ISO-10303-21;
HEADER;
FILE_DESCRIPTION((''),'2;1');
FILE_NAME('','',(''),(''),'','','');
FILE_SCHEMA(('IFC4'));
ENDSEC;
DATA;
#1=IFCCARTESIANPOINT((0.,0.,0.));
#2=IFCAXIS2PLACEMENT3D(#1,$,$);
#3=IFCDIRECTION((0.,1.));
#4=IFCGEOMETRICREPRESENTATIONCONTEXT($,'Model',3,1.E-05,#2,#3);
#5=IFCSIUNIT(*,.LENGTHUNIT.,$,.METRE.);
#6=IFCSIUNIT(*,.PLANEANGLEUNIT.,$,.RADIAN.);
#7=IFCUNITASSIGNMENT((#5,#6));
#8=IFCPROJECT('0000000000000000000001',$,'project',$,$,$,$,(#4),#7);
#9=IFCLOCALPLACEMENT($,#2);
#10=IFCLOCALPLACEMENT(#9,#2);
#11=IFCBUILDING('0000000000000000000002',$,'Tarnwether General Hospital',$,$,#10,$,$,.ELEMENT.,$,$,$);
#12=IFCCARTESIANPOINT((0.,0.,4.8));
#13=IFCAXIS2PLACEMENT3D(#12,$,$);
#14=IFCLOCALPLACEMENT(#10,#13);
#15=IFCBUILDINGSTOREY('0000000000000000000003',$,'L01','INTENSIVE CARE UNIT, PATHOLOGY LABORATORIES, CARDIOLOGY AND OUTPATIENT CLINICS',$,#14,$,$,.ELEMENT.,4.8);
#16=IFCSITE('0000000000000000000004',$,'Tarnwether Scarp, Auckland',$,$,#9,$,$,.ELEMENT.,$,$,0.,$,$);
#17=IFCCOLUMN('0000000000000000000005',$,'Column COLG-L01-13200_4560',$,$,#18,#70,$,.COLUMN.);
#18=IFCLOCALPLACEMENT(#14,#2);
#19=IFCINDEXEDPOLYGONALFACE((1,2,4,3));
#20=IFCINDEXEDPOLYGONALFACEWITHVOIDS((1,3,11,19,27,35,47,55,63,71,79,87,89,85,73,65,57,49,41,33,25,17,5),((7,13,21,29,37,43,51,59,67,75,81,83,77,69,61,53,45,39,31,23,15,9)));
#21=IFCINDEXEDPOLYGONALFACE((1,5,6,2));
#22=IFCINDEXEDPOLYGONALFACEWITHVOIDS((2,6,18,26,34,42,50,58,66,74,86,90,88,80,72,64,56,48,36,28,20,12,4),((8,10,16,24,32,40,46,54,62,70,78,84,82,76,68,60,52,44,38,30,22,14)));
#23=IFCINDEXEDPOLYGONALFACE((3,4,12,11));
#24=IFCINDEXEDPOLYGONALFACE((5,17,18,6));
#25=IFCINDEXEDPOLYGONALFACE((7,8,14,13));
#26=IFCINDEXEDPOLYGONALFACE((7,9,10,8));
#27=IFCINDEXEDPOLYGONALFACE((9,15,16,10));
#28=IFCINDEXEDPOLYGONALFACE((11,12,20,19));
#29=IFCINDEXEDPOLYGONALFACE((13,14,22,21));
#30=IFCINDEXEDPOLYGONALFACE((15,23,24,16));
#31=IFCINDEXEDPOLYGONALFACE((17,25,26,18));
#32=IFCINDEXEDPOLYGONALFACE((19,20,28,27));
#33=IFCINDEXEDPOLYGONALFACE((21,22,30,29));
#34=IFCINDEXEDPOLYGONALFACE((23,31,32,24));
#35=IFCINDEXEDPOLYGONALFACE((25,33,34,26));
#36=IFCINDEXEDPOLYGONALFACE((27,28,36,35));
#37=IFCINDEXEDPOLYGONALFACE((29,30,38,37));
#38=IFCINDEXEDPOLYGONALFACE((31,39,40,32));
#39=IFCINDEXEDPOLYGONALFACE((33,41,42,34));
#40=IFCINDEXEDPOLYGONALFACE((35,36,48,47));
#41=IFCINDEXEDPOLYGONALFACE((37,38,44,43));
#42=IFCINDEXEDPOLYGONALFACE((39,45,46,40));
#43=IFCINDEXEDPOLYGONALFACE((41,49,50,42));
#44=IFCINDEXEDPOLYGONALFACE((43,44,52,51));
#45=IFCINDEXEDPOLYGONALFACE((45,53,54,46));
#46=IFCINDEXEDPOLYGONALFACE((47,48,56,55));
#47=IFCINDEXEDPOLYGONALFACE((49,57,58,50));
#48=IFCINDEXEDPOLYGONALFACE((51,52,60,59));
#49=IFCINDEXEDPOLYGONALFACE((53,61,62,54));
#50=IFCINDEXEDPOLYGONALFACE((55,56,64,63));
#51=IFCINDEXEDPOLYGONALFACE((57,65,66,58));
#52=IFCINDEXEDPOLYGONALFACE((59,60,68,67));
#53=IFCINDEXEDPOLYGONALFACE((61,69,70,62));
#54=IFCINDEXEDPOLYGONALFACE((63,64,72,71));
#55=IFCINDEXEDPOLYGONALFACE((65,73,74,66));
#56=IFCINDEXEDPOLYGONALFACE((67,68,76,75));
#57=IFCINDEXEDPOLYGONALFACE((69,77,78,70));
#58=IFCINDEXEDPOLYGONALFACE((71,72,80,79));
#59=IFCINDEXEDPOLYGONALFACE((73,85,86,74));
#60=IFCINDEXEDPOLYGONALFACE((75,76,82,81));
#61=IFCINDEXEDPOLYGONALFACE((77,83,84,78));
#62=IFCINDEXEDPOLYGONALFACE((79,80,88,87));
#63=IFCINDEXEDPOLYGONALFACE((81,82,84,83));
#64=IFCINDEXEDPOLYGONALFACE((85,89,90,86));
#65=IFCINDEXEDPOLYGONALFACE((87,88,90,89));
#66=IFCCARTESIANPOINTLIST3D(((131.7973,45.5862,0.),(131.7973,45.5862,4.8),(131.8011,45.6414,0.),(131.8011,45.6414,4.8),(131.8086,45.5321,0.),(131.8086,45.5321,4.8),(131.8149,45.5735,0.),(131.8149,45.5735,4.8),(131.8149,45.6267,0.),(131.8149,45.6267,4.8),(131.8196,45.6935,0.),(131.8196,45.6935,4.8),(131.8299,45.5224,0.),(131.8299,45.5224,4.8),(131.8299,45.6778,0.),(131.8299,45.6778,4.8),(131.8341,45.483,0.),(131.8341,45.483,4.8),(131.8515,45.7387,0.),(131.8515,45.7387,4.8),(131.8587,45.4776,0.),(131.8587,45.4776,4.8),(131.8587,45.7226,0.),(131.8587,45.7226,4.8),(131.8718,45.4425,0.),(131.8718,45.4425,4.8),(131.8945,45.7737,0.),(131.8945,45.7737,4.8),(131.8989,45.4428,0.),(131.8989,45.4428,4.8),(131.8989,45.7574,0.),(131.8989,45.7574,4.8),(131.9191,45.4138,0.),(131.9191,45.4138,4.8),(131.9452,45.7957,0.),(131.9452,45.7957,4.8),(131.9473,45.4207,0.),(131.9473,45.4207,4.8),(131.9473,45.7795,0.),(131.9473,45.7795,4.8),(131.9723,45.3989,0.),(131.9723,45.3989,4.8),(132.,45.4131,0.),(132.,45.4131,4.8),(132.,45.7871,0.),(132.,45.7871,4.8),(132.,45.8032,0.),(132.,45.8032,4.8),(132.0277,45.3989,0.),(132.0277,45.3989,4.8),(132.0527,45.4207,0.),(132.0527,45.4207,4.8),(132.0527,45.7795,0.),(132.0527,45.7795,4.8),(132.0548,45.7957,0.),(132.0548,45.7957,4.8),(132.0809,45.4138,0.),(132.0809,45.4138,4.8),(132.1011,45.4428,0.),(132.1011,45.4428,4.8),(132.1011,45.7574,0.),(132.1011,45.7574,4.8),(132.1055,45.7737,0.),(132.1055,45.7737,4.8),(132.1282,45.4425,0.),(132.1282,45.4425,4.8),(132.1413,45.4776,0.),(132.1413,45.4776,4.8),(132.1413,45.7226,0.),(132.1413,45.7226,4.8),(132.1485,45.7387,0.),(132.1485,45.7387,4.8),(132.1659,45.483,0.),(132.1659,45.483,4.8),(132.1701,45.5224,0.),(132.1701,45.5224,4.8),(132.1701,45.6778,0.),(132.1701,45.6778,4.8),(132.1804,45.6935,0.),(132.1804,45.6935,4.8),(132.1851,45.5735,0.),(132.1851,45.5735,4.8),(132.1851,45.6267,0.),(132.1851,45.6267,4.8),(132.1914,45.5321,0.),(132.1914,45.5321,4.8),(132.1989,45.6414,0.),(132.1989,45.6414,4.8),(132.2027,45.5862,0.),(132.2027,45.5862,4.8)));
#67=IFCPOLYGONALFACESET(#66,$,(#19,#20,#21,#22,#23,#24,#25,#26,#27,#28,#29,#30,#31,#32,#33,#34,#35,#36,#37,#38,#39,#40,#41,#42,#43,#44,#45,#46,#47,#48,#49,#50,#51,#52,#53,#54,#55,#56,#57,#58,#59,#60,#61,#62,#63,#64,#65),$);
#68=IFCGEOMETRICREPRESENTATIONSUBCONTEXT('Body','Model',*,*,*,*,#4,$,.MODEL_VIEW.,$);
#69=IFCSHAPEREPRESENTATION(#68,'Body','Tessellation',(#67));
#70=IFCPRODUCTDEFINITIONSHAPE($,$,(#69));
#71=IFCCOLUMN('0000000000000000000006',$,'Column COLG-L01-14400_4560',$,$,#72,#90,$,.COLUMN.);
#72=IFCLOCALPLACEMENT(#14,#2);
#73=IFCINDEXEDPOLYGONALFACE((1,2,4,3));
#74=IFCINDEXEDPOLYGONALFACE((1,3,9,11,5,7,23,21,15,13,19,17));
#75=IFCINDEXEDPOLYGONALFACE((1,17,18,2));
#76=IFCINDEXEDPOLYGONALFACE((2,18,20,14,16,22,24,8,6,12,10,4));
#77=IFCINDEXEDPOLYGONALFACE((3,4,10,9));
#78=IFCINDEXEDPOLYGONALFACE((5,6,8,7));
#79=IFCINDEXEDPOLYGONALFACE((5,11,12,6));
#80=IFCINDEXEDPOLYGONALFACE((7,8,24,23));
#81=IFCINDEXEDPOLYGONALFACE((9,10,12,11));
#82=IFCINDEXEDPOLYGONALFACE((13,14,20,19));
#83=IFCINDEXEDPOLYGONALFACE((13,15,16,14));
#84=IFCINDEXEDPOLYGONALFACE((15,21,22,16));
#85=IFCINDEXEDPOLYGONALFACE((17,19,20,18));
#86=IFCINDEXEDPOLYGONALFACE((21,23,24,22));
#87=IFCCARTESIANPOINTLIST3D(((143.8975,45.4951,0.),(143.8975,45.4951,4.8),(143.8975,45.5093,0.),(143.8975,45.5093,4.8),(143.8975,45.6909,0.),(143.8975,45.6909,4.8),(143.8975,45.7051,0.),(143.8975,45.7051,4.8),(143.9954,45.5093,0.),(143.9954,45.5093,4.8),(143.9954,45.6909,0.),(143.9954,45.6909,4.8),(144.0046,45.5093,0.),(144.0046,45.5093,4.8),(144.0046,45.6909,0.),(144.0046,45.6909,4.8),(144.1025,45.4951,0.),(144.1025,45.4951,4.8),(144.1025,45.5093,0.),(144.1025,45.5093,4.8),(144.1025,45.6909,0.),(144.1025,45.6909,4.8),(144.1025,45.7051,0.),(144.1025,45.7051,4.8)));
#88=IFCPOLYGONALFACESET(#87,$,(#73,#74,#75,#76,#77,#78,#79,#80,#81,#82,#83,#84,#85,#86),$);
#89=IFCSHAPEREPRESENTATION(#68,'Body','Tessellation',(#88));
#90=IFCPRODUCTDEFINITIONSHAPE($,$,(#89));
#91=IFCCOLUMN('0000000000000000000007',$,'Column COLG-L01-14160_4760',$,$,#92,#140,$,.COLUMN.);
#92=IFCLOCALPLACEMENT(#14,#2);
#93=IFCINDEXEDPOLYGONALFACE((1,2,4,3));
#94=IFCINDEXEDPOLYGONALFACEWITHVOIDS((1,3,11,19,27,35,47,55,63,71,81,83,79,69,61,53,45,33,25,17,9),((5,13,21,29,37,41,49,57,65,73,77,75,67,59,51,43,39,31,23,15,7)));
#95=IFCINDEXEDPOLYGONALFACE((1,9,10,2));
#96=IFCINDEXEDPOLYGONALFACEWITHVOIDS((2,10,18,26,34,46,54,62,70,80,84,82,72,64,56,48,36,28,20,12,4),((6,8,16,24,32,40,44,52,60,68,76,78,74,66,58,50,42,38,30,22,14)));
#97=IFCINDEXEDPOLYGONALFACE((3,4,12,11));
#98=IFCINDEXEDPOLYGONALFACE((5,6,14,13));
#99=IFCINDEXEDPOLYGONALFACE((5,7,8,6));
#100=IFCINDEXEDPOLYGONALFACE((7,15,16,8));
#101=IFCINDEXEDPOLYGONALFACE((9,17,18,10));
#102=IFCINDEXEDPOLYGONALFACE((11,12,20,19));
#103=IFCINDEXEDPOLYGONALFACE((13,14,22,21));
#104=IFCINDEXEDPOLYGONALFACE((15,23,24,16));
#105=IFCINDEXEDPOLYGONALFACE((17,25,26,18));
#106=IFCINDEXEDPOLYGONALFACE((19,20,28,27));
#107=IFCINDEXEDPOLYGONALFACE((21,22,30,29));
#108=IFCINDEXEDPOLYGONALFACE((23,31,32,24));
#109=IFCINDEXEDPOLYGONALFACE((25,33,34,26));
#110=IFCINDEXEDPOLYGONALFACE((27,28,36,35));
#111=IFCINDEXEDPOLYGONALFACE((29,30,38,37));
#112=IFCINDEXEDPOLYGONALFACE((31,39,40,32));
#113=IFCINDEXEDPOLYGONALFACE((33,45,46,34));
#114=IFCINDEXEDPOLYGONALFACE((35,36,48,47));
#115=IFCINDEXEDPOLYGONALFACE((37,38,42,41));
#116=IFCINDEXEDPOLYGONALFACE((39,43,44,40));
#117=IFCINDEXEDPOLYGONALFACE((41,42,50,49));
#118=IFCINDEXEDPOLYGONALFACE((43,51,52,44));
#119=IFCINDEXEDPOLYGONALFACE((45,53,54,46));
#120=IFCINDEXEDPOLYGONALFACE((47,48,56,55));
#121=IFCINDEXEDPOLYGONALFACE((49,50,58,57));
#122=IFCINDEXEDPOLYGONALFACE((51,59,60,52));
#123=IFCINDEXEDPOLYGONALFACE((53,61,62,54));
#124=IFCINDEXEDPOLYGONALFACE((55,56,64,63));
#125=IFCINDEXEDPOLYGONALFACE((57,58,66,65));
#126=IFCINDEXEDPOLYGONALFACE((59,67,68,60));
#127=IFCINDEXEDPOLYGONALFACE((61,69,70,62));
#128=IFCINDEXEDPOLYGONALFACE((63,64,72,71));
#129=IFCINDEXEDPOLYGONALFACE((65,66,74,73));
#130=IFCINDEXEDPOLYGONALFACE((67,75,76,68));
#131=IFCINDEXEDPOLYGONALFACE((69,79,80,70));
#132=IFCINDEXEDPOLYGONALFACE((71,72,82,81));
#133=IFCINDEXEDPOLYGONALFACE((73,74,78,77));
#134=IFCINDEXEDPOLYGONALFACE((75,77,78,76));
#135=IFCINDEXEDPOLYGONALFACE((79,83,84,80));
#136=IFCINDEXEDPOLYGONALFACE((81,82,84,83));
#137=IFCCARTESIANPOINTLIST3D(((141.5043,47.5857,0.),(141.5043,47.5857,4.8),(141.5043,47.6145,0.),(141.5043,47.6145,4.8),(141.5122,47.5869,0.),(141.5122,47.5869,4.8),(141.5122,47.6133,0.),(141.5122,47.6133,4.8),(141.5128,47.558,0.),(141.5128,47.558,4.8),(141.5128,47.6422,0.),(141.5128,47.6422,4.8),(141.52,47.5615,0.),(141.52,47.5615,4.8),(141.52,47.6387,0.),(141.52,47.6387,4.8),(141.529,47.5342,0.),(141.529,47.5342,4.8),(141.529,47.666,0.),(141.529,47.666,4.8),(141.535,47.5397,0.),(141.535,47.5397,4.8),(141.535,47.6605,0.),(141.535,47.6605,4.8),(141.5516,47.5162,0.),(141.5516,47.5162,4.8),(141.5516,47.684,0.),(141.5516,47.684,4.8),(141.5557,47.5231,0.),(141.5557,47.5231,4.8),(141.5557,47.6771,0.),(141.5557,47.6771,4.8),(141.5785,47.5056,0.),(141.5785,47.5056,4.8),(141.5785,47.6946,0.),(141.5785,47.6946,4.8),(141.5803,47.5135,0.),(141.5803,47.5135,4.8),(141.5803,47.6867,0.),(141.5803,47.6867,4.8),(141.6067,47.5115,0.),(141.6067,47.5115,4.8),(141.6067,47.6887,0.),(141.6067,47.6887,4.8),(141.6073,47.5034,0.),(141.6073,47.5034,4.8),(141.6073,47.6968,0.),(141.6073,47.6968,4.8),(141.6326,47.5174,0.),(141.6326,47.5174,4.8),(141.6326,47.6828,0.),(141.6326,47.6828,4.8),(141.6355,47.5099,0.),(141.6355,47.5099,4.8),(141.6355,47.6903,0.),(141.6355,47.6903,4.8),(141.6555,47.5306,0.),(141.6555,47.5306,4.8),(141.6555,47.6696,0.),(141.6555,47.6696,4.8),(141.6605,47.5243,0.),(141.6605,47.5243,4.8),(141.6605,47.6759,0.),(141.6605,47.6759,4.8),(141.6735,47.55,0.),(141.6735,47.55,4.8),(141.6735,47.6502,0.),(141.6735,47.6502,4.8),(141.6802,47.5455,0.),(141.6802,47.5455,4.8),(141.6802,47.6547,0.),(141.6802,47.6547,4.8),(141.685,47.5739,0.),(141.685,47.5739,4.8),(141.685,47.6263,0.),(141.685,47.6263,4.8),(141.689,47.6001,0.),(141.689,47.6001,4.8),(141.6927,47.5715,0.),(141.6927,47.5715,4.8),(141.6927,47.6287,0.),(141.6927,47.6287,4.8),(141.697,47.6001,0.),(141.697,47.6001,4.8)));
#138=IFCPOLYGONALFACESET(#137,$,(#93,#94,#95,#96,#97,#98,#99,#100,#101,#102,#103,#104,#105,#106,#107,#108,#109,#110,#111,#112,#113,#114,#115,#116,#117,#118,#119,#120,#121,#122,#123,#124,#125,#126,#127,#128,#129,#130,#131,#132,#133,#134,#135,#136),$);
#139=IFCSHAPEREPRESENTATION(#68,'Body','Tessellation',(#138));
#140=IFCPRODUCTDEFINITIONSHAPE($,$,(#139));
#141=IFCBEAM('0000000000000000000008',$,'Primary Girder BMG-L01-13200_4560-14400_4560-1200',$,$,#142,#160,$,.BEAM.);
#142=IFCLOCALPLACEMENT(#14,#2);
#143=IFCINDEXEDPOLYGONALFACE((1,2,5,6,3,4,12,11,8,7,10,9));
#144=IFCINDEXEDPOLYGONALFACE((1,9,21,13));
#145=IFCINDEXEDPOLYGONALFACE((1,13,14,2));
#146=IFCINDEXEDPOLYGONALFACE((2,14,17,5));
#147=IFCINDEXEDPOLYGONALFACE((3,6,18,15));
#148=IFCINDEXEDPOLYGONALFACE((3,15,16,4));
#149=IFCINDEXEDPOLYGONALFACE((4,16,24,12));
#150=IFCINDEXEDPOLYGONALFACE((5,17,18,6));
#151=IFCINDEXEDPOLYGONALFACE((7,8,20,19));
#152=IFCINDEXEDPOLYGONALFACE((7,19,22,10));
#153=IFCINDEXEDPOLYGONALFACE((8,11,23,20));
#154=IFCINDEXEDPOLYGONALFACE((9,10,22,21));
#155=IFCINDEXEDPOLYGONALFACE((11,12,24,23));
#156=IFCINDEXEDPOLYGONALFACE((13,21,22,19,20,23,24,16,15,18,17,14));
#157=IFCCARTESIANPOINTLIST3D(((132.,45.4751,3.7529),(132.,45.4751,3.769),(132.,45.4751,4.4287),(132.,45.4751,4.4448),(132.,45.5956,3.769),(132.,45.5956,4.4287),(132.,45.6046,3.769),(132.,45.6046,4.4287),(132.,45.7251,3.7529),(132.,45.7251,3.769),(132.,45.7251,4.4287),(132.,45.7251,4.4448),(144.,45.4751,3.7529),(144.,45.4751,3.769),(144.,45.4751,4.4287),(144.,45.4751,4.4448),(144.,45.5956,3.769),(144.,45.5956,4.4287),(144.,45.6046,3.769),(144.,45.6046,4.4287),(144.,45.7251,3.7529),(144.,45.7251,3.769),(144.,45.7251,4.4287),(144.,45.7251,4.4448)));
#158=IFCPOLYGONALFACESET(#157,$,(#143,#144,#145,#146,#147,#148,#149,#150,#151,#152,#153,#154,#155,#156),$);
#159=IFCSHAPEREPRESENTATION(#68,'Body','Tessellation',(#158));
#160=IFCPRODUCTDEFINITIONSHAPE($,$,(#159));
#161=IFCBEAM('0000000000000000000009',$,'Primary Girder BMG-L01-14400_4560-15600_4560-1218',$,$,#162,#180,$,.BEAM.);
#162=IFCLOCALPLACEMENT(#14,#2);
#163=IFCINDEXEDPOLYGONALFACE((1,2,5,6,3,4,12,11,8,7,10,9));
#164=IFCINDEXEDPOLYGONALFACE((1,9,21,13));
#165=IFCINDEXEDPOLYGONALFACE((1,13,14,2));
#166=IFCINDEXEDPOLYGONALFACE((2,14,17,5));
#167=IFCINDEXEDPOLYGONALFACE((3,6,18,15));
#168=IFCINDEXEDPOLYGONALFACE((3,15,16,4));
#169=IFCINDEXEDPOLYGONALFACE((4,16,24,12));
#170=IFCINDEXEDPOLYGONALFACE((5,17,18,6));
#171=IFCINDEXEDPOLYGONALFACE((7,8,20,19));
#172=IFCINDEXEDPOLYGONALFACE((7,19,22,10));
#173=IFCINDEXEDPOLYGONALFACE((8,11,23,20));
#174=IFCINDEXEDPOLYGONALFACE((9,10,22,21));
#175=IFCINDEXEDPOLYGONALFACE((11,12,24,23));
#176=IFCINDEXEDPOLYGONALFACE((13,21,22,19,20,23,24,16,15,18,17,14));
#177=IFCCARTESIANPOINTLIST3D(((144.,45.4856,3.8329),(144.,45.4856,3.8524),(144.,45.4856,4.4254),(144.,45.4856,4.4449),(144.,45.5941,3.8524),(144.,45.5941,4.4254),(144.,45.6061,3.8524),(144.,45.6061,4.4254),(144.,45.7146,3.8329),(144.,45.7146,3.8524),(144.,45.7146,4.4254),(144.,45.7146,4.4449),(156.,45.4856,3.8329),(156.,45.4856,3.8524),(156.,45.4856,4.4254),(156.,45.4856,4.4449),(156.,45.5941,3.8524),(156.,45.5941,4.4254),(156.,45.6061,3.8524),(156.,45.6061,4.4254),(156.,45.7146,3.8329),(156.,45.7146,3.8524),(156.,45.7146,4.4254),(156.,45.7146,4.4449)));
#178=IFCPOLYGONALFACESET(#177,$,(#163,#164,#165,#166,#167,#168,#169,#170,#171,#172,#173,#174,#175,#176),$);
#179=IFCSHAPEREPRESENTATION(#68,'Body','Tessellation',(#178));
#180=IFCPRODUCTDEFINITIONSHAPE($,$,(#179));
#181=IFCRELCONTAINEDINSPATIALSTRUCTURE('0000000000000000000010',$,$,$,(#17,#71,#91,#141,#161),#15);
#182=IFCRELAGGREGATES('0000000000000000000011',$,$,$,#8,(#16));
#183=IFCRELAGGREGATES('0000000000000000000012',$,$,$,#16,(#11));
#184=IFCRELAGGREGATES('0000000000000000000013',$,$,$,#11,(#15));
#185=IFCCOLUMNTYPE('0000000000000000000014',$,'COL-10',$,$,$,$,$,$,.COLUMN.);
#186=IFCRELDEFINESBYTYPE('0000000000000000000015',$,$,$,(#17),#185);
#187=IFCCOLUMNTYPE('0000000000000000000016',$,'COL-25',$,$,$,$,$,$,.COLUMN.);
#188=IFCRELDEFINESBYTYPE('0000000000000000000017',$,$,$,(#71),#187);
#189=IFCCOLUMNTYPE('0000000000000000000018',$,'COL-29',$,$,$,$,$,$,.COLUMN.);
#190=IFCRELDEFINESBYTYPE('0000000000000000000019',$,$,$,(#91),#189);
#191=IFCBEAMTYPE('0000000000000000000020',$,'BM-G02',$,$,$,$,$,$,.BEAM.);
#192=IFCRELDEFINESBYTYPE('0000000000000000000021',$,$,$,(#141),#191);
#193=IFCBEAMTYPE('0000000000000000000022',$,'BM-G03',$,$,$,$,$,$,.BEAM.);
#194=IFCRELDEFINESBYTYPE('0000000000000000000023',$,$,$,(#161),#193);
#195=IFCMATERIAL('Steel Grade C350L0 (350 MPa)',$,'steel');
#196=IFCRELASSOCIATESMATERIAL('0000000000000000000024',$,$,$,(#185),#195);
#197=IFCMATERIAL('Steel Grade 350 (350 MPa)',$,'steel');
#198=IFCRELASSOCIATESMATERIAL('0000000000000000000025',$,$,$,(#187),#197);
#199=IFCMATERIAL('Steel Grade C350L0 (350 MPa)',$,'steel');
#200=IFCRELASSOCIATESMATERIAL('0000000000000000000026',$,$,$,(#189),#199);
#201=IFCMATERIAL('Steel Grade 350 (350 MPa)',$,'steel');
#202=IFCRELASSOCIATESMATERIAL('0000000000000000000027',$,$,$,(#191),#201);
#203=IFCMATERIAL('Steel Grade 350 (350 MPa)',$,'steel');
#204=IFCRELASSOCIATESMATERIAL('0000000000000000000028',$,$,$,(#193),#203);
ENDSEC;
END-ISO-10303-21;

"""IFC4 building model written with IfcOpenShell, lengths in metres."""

from ifc_helpers import new_model, si_unit, direction, frame, origin, origin_2d, place, context, subcontext, project, spatial, hollow_circle, i_section, extrude, material, material_profile, profile_set, type_object, element, save


model = new_model("IFC4")

# Units and contexts
model_context = context("Model", 3, precision=1e-05, world=origin(), true_north=direction((0.0, 1.0)))
body_context = subcontext(model_context, "Body", "Model", "MODEL_VIEW")
ifc_project = project(units=[si_unit("LENGTHUNIT", "METRE"), si_unit("PLANEANGLEUNIT", "RADIAN")], contexts=[model_context])

# Site, building, storey
site_placement = place(None, origin())
site = spatial("IfcSite", under=ifc_project, at=site_placement, Name="Tarnwether Scarp, Auckland", CompositionType="ELEMENT", RefElevation=0.0)
building_placement = place(site_placement, origin())
building = spatial("IfcBuilding", under=site, at=building_placement, Name="Tarnwether General Hospital", CompositionType="ELEMENT")
storey_placement = place(building_placement, frame((0.0, 0.0, 4.8)))
storey = spatial("IfcBuildingStorey", under=building, at=storey_placement, Name="L01", Description="INTENSIVE CARE UNIT, PATHOLOGY LABORATORIES, CARDIOLOGY AND OUTPATIENT CLINICS", CompositionType="ELEMENT", Elevation=4.8)

# Columns
ifc_material_1 = material(Name="Steel Grade C350L0 (350 MPa)", Category="steel")
ifc_material_profile_1 = material_profile(ifc_material_1, hollow_circle(Radius=0.2031, WallThickness=0.0161, at=origin_2d()), Name="CHS406.4x16.0")
ifc_profile_set_1 = profile_set([ifc_material_profile_1], Name="Steel Grade C350L0 (350 MPa)")
column_type_1 = type_object("IfcColumnType", Name="COL-10", PredefinedType="COLUMN", material=ifc_profile_set_1)
column_1_placement = place(storey_placement, frame((132.0, 45.6001, 0.0), z_axis=(0.0, 0.0, 1.0), x_axis=(0.0, 1.0, 0.0)))
element("IfcColumn", 1, at=column_1_placement, inside=storey, type_object=column_type_1, Name="Column COLG-L01-13200_4560", PredefinedType="COLUMN", context=body_context, shape_type="SweptSolid", body=[
    extrude(hollow_circle(Radius=0.2031, WallThickness=0.0161, at=origin_2d()), origin(), (0.0, 0.0, 1.0), 4.8),
])
ifc_material_2 = material(Name="Steel Grade 350 (350 MPa)", Category="steel")
ifc_material_profile_2 = material_profile(ifc_material_2, i_section(OverallWidth=0.2051, OverallDepth=0.21, WebThickness=0.0093, FlangeThickness=0.0142, at=origin_2d()), Name="200UC59.5")
ifc_profile_set_2 = profile_set([ifc_material_profile_2], Name="Steel Grade 350 (350 MPa)")
column_type_2 = type_object("IfcColumnType", Name="COL-25", PredefinedType="COLUMN", material=ifc_profile_set_2)
column_2_placement = place(storey_placement, frame((144.0, 45.6001, 0.0), z_axis=(0.0, 0.0, 1.0), x_axis=(1.0, 0.0, 0.0)))
element("IfcColumn", 2, at=column_2_placement, inside=storey, type_object=column_type_2, Name="Column COLG-L01-14400_4560", PredefinedType="COLUMN", context=body_context, shape_type="SweptSolid", body=[
    extrude(i_section(OverallWidth=0.2051, OverallDepth=0.21, WebThickness=0.0093, FlangeThickness=0.0142, at=origin_2d()), origin(), (0.0, 0.0, 1.0), 4.8),
])
ifc_material_3 = material(Name="Steel Grade C350L0 (350 MPa)", Category="steel")
ifc_material_profile_3 = material_profile(ifc_material_3, hollow_circle(Radius=0.0969, WallThickness=0.0081, at=origin_2d()), Name="CHS193.7x8.0")
ifc_profile_set_3 = profile_set([ifc_material_profile_3], Name="Steel Grade C350L0 (350 MPa)")
column_type_3 = type_object("IfcColumnType", Name="COL-29", PredefinedType="COLUMN", material=ifc_profile_set_3)
column_3_placement = place(storey_placement, frame((141.6001, 47.6001, 0.0), z_axis=(0.0, 0.0, 1.0), x_axis=(1.0, 0.0, 0.0)))
element("IfcColumn", 3, at=column_3_placement, inside=storey, type_object=column_type_3, Name="Column COLG-L01-14160_4760", PredefinedType="COLUMN", context=body_context, shape_type="SweptSolid", body=[
    extrude(hollow_circle(Radius=0.0969, WallThickness=0.0081, at=origin_2d()), origin(), (0.0, 0.0, 1.0), 4.8),
])

# Beams
ifc_material_4 = material(Name="Steel Grade 350 (350 MPa)", Category="steel")
ifc_material_profile_4 = material_profile(ifc_material_4, i_section(OverallWidth=0.25, OverallDepth=0.6919, WebThickness=0.009, FlangeThickness=0.0161, at=origin_2d()), Name="700WB115")
ifc_profile_set_4 = profile_set([ifc_material_profile_4], Name="Steel Grade 350 (350 MPa)")
beam_type_1 = type_object("IfcBeamType", Name="BM-G02", PredefinedType="BEAM", material=ifc_profile_set_4)
beam_1_placement = place(storey_placement, frame((132.0, 45.6001, 4.0989), z_axis=(1.0, 0.0, 0.0), x_axis=(0.0, 1.0, 0.0)))
element("IfcBeam", 4, at=beam_1_placement, inside=storey, type_object=beam_type_1, Name="Primary Girder BMG-L01-13200_4560-14400_4560-1200", PredefinedType="BEAM", context=body_context, shape_type="SweptSolid", body=[
    extrude(i_section(OverallWidth=0.25, OverallDepth=0.6919, WebThickness=0.009, FlangeThickness=0.0161, at=origin_2d()), origin(), (0.0, 0.0, 1.0), 12.0),
])
ifc_material_5 = material(Name="Steel Grade 350 (350 MPa)", Category="steel")
ifc_material_profile_5 = material_profile(ifc_material_5, i_section(OverallWidth=0.229, OverallDepth=0.6121, WebThickness=0.012, FlangeThickness=0.0195, at=origin_2d()), Name="610UB125")
ifc_profile_set_5 = profile_set([ifc_material_profile_5], Name="Steel Grade 350 (350 MPa)")
beam_type_2 = type_object("IfcBeamType", Name="BM-G03", PredefinedType="BEAM", material=ifc_profile_set_5)
beam_2_placement = place(storey_placement, frame((144.0, 45.6001, 4.1389), z_axis=(1.0, 0.0, 0.0), x_axis=(0.0, 1.0, 0.0)))
element("IfcBeam", 5, at=beam_2_placement, inside=storey, type_object=beam_type_2, Name="Primary Girder BMG-L01-14400_4560-15600_4560-1218", PredefinedType="BEAM", context=body_context, shape_type="SweptSolid", body=[
    extrude(i_section(OverallWidth=0.229, OverallDepth=0.6121, WebThickness=0.012, FlangeThickness=0.0195, at=origin_2d()), origin(), (0.0, 0.0, 1.0), 12.0),
])

save(model, "model.ifc")
